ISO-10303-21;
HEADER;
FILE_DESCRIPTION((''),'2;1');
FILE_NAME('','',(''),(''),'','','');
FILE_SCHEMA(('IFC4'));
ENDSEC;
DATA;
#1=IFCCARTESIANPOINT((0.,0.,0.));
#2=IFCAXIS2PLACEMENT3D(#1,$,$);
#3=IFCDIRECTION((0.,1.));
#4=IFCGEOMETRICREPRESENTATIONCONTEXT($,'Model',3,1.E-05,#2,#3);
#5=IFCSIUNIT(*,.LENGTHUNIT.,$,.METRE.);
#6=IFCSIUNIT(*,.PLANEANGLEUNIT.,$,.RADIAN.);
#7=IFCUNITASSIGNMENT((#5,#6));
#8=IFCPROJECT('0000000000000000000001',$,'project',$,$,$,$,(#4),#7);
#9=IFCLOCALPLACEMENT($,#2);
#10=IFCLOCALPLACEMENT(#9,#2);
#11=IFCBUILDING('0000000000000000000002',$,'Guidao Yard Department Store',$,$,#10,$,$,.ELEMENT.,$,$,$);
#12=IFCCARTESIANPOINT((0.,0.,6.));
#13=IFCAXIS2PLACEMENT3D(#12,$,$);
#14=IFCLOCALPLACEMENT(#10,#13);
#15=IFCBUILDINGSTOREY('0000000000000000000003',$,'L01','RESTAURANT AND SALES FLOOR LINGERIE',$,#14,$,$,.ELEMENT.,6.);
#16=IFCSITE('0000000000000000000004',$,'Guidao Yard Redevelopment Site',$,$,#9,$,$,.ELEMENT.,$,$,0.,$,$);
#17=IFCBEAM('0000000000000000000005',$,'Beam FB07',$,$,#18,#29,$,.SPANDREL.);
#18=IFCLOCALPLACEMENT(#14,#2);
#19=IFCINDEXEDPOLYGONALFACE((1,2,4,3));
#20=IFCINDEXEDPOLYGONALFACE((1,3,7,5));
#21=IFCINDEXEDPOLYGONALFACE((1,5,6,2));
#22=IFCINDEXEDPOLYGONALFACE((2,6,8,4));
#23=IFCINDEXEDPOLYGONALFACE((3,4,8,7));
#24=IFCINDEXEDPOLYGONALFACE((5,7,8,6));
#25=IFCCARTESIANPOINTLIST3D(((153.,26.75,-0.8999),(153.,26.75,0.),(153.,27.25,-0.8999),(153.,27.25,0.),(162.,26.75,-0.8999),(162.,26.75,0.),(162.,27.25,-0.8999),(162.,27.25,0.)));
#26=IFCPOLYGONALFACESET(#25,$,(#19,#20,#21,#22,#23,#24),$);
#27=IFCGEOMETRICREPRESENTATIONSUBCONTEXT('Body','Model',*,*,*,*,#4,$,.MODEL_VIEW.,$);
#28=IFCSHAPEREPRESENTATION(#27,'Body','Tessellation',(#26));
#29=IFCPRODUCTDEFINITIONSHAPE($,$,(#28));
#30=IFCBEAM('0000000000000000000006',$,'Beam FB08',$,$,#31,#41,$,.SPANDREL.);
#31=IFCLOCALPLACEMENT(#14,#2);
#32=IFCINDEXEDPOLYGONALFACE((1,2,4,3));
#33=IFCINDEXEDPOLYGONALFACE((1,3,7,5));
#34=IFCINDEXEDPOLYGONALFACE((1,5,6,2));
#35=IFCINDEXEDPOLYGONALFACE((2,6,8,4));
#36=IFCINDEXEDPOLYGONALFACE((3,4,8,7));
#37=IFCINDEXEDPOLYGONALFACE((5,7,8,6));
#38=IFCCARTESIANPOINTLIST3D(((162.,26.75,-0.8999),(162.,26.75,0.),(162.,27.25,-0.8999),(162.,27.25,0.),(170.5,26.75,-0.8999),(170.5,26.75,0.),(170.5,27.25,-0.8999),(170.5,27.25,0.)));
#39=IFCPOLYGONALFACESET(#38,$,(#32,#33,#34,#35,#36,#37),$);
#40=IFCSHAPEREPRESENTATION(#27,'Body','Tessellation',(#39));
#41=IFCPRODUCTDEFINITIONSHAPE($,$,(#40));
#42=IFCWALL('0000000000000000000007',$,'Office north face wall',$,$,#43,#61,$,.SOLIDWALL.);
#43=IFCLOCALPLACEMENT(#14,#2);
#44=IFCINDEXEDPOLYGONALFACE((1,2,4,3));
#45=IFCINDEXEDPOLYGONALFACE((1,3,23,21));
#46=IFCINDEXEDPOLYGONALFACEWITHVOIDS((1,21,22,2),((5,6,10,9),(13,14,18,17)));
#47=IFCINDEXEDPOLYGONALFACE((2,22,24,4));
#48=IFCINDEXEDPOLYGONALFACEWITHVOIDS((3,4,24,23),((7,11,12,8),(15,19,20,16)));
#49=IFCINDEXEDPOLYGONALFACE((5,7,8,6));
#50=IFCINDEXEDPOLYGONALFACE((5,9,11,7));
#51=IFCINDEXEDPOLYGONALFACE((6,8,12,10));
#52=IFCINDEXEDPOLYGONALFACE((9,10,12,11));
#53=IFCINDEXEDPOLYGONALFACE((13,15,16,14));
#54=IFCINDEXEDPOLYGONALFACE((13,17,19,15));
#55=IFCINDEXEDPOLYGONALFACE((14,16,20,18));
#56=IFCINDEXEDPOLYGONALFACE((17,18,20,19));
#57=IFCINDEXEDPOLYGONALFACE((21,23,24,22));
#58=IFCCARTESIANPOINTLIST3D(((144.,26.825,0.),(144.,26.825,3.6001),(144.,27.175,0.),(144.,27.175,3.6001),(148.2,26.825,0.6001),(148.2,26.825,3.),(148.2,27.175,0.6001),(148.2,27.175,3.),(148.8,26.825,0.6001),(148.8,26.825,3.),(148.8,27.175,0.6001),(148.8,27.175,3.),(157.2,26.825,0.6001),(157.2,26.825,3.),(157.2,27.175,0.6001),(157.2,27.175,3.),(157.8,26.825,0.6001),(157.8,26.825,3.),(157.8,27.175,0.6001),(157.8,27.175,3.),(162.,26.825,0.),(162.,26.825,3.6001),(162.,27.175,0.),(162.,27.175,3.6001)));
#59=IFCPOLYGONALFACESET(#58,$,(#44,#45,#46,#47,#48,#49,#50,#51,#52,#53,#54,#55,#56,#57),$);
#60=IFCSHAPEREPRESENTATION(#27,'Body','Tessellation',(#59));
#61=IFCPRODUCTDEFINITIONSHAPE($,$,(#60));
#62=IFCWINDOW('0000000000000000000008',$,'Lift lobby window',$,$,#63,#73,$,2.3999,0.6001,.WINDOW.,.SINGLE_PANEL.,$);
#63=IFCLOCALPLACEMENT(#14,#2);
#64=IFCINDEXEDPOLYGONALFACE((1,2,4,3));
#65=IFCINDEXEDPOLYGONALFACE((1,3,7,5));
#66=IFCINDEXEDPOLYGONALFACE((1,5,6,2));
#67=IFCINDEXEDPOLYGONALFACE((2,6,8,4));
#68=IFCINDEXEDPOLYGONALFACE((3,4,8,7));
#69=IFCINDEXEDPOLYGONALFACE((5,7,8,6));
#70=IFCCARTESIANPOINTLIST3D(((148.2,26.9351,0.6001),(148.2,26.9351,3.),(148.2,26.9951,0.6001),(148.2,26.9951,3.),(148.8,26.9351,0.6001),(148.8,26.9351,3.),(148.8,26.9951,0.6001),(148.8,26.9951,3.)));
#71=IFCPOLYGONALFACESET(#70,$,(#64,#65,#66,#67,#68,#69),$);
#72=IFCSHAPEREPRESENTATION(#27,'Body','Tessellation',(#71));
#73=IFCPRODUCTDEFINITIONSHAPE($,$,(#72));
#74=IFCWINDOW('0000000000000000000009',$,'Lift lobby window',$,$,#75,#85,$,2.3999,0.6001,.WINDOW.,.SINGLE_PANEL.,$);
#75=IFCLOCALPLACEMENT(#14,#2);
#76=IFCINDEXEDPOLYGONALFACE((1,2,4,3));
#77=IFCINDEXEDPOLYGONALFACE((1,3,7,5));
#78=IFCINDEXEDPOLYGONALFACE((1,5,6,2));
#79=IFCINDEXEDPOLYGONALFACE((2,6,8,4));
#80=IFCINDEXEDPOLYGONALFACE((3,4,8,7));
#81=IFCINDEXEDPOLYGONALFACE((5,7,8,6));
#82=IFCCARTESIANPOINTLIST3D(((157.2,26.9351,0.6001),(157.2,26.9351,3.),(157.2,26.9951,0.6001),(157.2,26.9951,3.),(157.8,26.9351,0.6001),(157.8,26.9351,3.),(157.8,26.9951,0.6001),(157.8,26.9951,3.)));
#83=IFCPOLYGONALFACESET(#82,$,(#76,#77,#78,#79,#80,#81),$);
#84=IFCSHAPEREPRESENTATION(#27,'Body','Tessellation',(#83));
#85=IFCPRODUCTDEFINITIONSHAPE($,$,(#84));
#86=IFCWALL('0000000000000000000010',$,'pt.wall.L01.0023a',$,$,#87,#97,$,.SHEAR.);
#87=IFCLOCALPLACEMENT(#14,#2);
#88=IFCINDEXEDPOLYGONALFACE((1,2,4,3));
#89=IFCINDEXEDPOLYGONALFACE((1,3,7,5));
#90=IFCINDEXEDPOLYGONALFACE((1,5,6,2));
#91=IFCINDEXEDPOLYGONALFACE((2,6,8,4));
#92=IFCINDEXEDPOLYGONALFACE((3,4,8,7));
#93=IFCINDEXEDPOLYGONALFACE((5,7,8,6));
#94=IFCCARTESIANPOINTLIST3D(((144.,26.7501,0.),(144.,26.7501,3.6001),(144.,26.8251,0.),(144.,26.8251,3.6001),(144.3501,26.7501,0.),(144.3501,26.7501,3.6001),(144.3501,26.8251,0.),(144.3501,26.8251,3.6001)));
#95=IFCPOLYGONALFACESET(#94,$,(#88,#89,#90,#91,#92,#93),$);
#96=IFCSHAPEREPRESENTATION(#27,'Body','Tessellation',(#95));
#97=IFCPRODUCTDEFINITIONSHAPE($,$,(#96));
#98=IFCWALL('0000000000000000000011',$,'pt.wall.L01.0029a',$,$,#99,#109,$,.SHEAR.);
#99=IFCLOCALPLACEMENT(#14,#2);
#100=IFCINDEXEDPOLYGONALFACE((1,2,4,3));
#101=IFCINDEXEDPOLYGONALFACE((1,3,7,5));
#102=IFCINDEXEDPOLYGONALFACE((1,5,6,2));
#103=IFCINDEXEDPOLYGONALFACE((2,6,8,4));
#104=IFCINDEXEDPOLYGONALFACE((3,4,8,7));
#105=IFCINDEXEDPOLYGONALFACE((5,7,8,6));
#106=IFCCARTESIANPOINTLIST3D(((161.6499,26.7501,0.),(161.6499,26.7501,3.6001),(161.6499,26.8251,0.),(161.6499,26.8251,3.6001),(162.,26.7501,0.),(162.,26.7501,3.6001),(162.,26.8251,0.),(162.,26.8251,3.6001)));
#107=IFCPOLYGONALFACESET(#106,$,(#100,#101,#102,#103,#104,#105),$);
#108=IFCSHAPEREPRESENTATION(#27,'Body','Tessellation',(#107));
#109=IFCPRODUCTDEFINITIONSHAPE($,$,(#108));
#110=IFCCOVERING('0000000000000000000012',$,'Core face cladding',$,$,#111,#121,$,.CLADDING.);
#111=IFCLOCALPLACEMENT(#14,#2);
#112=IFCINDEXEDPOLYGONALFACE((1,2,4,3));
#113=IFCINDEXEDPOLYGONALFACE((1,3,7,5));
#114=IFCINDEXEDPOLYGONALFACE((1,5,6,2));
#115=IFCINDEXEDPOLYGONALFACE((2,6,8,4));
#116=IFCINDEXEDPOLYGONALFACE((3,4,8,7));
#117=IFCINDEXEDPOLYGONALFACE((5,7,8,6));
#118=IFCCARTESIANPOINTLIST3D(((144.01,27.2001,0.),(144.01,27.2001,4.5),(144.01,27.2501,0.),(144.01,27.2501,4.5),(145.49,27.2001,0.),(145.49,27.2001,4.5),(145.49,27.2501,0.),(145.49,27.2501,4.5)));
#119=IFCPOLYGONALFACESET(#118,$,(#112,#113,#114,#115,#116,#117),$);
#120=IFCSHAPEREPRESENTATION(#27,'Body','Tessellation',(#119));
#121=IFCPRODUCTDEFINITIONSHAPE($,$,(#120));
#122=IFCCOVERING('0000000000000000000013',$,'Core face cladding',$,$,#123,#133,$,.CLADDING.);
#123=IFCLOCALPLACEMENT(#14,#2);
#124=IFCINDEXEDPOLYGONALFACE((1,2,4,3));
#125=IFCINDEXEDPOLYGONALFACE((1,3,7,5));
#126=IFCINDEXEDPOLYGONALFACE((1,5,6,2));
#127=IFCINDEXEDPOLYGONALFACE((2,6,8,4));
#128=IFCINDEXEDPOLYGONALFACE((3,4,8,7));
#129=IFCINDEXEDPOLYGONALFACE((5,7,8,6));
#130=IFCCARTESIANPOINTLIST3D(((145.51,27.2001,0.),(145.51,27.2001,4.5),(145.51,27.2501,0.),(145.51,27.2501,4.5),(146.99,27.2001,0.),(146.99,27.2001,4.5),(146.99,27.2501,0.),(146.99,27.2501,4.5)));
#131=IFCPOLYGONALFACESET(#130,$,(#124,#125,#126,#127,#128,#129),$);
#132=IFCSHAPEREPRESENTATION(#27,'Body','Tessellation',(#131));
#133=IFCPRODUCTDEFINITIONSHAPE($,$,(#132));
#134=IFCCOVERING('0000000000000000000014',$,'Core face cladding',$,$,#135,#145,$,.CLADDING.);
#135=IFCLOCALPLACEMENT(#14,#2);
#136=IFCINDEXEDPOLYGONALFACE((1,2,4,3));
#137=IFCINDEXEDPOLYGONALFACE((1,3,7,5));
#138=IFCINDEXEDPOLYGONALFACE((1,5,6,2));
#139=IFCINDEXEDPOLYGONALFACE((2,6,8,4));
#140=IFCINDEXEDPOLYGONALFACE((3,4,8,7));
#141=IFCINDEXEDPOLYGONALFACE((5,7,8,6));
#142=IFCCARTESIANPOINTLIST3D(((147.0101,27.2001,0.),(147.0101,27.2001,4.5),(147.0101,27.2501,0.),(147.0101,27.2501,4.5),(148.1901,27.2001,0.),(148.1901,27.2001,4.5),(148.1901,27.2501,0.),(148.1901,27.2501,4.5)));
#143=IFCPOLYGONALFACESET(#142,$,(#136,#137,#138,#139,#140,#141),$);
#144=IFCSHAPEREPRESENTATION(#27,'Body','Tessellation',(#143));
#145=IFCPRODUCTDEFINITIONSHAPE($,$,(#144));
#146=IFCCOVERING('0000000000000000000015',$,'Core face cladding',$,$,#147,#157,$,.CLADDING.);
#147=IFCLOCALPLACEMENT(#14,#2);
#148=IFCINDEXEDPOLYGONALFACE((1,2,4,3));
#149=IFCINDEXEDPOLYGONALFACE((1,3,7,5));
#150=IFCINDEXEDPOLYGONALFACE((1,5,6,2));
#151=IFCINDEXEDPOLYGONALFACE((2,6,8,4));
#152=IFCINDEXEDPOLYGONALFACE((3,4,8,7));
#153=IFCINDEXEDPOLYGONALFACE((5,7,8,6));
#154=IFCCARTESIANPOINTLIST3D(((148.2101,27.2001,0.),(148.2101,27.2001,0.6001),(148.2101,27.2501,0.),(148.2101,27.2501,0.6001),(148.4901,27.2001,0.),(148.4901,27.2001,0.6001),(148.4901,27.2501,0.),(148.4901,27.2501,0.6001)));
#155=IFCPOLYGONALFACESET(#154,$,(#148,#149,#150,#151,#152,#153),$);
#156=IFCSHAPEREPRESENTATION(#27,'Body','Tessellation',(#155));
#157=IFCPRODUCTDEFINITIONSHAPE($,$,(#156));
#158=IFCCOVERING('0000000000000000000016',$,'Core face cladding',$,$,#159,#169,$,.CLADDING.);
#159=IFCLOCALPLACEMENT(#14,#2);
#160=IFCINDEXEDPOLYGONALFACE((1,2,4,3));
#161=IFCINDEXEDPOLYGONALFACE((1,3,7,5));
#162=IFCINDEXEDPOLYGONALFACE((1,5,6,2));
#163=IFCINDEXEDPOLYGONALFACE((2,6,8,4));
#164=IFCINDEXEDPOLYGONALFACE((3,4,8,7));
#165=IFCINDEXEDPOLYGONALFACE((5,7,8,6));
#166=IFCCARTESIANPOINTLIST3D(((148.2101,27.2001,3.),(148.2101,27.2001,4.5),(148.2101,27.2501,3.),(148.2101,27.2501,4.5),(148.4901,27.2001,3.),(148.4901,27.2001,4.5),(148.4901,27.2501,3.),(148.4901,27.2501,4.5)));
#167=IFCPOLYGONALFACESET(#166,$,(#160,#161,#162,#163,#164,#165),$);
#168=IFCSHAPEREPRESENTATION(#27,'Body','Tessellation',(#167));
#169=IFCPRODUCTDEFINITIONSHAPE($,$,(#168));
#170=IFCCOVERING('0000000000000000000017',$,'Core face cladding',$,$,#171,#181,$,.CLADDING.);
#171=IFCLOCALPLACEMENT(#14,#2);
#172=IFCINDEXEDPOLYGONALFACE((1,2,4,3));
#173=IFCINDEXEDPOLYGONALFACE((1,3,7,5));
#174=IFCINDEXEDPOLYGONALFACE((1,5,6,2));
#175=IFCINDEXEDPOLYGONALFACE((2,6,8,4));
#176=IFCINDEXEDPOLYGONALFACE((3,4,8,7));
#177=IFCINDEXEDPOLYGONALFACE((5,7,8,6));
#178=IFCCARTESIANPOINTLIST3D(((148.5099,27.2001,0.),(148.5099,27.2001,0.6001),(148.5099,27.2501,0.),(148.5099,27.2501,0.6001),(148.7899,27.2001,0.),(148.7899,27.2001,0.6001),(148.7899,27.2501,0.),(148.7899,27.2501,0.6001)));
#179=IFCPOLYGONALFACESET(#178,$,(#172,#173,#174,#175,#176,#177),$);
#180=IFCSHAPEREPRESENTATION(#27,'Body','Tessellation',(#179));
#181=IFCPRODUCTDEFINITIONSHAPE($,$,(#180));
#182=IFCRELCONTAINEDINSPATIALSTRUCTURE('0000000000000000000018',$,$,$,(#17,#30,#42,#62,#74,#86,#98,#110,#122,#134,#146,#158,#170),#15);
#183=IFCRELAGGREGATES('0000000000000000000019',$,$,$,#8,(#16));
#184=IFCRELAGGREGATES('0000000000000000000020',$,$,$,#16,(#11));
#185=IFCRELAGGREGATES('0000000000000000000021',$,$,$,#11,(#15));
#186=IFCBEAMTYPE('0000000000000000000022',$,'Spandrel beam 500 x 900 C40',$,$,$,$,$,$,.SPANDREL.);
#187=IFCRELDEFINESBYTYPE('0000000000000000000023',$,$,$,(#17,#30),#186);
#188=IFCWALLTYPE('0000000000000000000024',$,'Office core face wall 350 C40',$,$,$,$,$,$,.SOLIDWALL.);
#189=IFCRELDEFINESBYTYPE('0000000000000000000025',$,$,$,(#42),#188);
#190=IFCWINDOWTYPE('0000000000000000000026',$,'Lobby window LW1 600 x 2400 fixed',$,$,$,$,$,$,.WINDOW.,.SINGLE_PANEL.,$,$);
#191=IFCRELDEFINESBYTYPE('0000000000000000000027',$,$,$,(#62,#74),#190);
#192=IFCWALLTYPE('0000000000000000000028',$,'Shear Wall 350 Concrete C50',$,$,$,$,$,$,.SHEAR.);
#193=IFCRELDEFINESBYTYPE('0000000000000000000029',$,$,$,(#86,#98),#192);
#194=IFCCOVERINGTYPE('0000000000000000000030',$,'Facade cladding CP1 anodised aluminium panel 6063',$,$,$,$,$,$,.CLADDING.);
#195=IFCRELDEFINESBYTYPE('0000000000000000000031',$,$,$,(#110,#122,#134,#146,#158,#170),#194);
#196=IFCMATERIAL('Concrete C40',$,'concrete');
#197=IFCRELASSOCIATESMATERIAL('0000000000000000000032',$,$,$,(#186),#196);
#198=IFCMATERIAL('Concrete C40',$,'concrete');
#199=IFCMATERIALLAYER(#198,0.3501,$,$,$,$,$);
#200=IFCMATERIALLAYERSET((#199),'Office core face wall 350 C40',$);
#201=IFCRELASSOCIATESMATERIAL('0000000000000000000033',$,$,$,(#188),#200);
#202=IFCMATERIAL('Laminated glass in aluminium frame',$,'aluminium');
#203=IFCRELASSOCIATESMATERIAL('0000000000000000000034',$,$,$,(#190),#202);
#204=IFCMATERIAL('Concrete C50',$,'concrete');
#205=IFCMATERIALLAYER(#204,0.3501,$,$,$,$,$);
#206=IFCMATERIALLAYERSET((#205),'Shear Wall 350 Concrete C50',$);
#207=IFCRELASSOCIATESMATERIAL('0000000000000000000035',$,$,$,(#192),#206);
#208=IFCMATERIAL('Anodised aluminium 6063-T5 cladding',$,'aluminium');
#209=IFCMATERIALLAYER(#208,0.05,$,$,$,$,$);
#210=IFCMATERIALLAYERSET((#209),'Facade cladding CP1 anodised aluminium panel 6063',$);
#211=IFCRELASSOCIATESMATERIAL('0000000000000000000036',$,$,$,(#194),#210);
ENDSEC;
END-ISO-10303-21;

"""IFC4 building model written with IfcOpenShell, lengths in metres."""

from ifc_helpers import new_model, si_unit, direction, frame, frame_2d, origin, origin_2d, place, context, subcontext, project, spatial, rectangle, extrude, material, layer, layer_set, material_profile, profile_set, type_object, element, fill, save


model = new_model("IFC4")

# Units and contexts
model_context = context("Model", 3, precision=1e-05, world=origin(), true_north=direction((0.0, 1.0)))
body_context = subcontext(model_context, "Body", "Model", "MODEL_VIEW")
ifc_project = project(units=[si_unit("LENGTHUNIT", "METRE"), si_unit("PLANEANGLEUNIT", "RADIAN")], contexts=[model_context])

# Site, building, storey
site_placement = place(None, origin())
site = spatial("IfcSite", under=ifc_project, at=site_placement, Name="Guidao Yard Redevelopment Site", CompositionType="ELEMENT", RefElevation=0.0)
building_placement = place(site_placement, origin())
building = spatial("IfcBuilding", under=site, at=building_placement, Name="Guidao Yard Department Store", CompositionType="ELEMENT")
storey_placement = place(building_placement, frame((0.0, 0.0, 6.0)))
storey = spatial("IfcBuildingStorey", under=building, at=storey_placement, Name="L01", Description="RESTAURANT AND SALES FLOOR LINGERIE", CompositionType="ELEMENT", Elevation=6.0)

# Beams
ifc_material_1 = material(Name="Concrete C40", Category="concrete")
ifc_material_profile = material_profile(ifc_material_1, rectangle(XDim=0.5, YDim=0.8999, at=origin_2d()), Name="Spandrel beam 500 x 900 C40")
ifc_profile_set = profile_set([ifc_material_profile], Name="Concrete C40")
beam_type = type_object("IfcBeamType", Name="Spandrel beam 500 x 900 C40", PredefinedType="SPANDREL", material=ifc_profile_set)
beam_1_placement = place(storey_placement, frame((153.0, 27.0, -0.45), z_axis=(1.0, 0.0, 0.0), x_axis=(0.0, 1.0, 0.0)))
element("IfcBeam", 1, at=beam_1_placement, inside=storey, type_object=beam_type, Name="Beam FB07", PredefinedType="SPANDREL", context=body_context, shape_type="SweptSolid", body=[
    extrude(rectangle(XDim=0.5, YDim=0.8999, at=origin_2d()), origin(), (0.0, 0.0, 1.0), 9.0),
])
beam_2_placement = place(storey_placement, frame((162.0, 27.0, -0.45), z_axis=(1.0, 0.0, 0.0), x_axis=(0.0, 1.0, 0.0)))
element("IfcBeam", 2, at=beam_2_placement, inside=storey, type_object=beam_type, Name="Beam FB08", PredefinedType="SPANDREL", context=body_context, shape_type="SweptSolid", body=[
    extrude(rectangle(XDim=0.5, YDim=0.8999, at=origin_2d()), origin(), (0.0, 0.0, 1.0), 8.5),
])

# Wall, openings, windows
ifc_material_2 = material(Name="Concrete C40", Category="concrete")
ifc_layer_1 = layer(ifc_material_2, 0.3501)
ifc_layer_set_1 = layer_set([ifc_layer_1], Name="Office core face wall 350 C40")
wall_type_1 = type_object("IfcWallType", Name="Office core face wall 350 C40", PredefinedType="SOLIDWALL", material=ifc_layer_set_1)
wall_placement = place(storey_placement, frame((144.0, 27.0, 0.0), z_axis=(0.0, 0.0, 1.0), x_axis=(1.0, 0.0, 0.0)))
wall = element("IfcWall", 3, at=wall_placement, inside=storey, type_object=wall_type_1, Name="Office north face wall", PredefinedType="SOLIDWALL", context=body_context, shape_type="SweptSolid", body=[
    extrude(rectangle(XDim=18.0, YDim=0.3501, at=frame_2d((9.0, 0.0))), origin(), (0.0, 0.0, 1.0), 3.6001),
])
opening_1_placement = place(wall_placement, frame((4.2, 0.0, 0.6001)))
opening_1 = element("IfcOpeningElement", 4, at=opening_1_placement, cuts=wall, PredefinedType="OPENING", context=body_context, shape_type="SweptSolid", body=[
    extrude(rectangle(XDim=0.6001, YDim=2.3999, at=frame_2d((0.3, 1.2))), frame((0.0, 0.1851, 0.0), z_axis=(0.0, -1.0, 0.0), x_axis=(1.0, 0.0, 0.0)), (0.0, 0.0, 1.0), 0.3701),
])
opening_2_placement = place(wall_placement, frame((13.2, 0.0, 0.6001)))
opening_2 = element("IfcOpeningElement", 5, at=opening_2_placement, cuts=wall, PredefinedType="OPENING", context=body_context, shape_type="SweptSolid", body=[
    extrude(rectangle(XDim=0.6001, YDim=2.3999, at=frame_2d((0.3, 1.2))), frame((0.0, 0.1851, 0.0), z_axis=(0.0, -1.0, 0.0), x_axis=(1.0, 0.0, 0.0)), (0.0, 0.0, 1.0), 0.3701),
])
ifc_material_3 = material(Name="Laminated glass in aluminium frame", Category="aluminium")
window_type = type_object("IfcWindowType", Name="Lobby window LW1 600 x 2400 fixed", PartitioningType="SINGLE_PANEL", PredefinedType="WINDOW", material=ifc_material_3)
window_1_placement = place(opening_1_placement, origin())
window_1 = element("IfcWindow", 6, at=window_1_placement, inside=storey, type_object=window_type, Name="Lift lobby window", OverallHeight=2.3999, OverallWidth=0.6001, PartitioningType="SINGLE_PANEL", PredefinedType="WINDOW", context=body_context, shape_type="SweptSolid", body=[
    extrude(rectangle(XDim=0.6001, YDim=2.3999, at=frame_2d((0.3, 1.2))), frame((0.0, -0.0049, 0.0), z_axis=(0.0, -1.0, 0.0), x_axis=(1.0, 0.0, 0.0)), (0.0, 0.0, 1.0), 0.0601),
])
fill(opening_1, window_1)
window_2_placement = place(opening_2_placement, origin())
window_2 = element("IfcWindow", 7, at=window_2_placement, inside=storey, type_object=window_type, Name="Lift lobby window", OverallHeight=2.3999, OverallWidth=0.6001, PartitioningType="SINGLE_PANEL", PredefinedType="WINDOW", context=body_context, shape_type="SweptSolid", body=[
    extrude(rectangle(XDim=0.6001, YDim=2.3999, at=frame_2d((0.3, 1.2))), frame((0.0, -0.0049, 0.0), z_axis=(0.0, -1.0, 0.0), x_axis=(1.0, 0.0, 0.0)), (0.0, 0.0, 1.0), 0.0601),
])
fill(opening_2, window_2)

# Walls
ifc_material_4 = material(Name="Concrete C50", Category="concrete")
ifc_layer_2 = layer(ifc_material_4, 0.3501)
ifc_layer_set_2 = layer_set([ifc_layer_2], Name="Shear Wall 350 Concrete C50")
wall_type_2 = type_object("IfcWallType", Name="Shear Wall 350 Concrete C50", PredefinedType="SHEAR", material=ifc_layer_set_2)
for number, where, z_axis, x_axis, name in (
    (8, (144.175, 26.75, 0.0), (0.0, 0.0, 1.0), (0.0, 1.0, 0.0), "pt.wall.L01.0023a"),
    (9, (161.825, 26.75, 0.0), (0.0, 0.0, 1.0), (0.0, 1.0, 0.0), "pt.wall.L01.0029a"),
):
    element("IfcWall", number, at=place(storey_placement, frame(where, z_axis=z_axis, x_axis=x_axis)), inside=storey, type_object=wall_type_2, Name=name, PredefinedType="SHEAR", context=body_context, shape_type="SweptSolid", body=[
        extrude(rectangle(XDim=0.075, YDim=0.3501, at=frame_2d((0.0376, 0.0))), origin(), (0.0, 0.0, 1.0), 3.6001),
    ])

# Coverings
ifc_material_5 = material(Name="Anodised aluminium 6063-T5 cladding", Category="aluminium")
ifc_layer_3 = layer(ifc_material_5, 0.05)
ifc_layer_set_3 = layer_set([ifc_layer_3], Name="Facade cladding CP1 anodised aluminium panel 6063")
covering_type = type_object("IfcCoveringType", Name="Facade cladding CP1 anodised aluminium panel 6063", PredefinedType="CLADDING", material=ifc_layer_set_3)
for number, where, z_axis, x_axis, name in (
    (10, (144.75, 27.2251, 0.0), (0.0, 0.0, 1.0), (1.0, 0.0, 0.0), "Core face cladding"),
    (11, (146.25, 27.2251, 0.0), (0.0, 0.0, 1.0), (1.0, 0.0, 0.0), "Core face cladding"),
):
    element("IfcCovering", number, at=place(storey_placement, frame(where, z_axis=z_axis, x_axis=x_axis)), inside=storey, type_object=covering_type, Name=name, PredefinedType="CLADDING", context=body_context, shape_type="SweptSolid", body=[
        extrude(rectangle(XDim=1.48, YDim=0.05, at=origin_2d()), origin(), (0.0, 0.0, 1.0), 4.5),
    ])
covering_1_placement = place(storey_placement, frame((147.6001, 27.2251, 0.0), z_axis=(0.0, 0.0, 1.0), x_axis=(1.0, 0.0, 0.0)))
element("IfcCovering", 12, at=covering_1_placement, inside=storey, type_object=covering_type, Name="Core face cladding", PredefinedType="CLADDING", context=body_context, shape_type="SweptSolid", body=[
    extrude(rectangle(XDim=1.1799, YDim=0.05, at=origin_2d()), origin(), (0.0, 0.0, 1.0), 4.5),
])
covering_2_placement = place(storey_placement, frame((148.3501, 27.2251, 0.0), z_axis=(0.0, 0.0, 1.0), x_axis=(1.0, 0.0, 0.0)))
element("IfcCovering", 13, at=covering_2_placement, inside=storey, type_object=covering_type, Name="Core face cladding", PredefinedType="CLADDING", context=body_context, shape_type="SweptSolid", body=[
    extrude(rectangle(XDim=0.28, YDim=0.05, at=origin_2d()), origin(), (0.0, 0.0, 1.0), 0.6001),
])
covering_3_placement = place(storey_placement, frame((148.3501, 27.2251, 3.0), z_axis=(0.0, 0.0, 1.0), x_axis=(1.0, 0.0, 0.0)))
element("IfcCovering", 14, at=covering_3_placement, inside=storey, type_object=covering_type, Name="Core face cladding", PredefinedType="CLADDING", context=body_context, shape_type="SweptSolid", body=[
    extrude(rectangle(XDim=0.28, YDim=0.05, at=origin_2d()), origin(), (0.0, 0.0, 1.0), 1.5),
])
covering_4_placement = place(storey_placement, frame((148.6499, 27.2251, 0.0), z_axis=(0.0, 0.0, 1.0), x_axis=(1.0, 0.0, 0.0)))
element("IfcCovering", 15, at=covering_4_placement, inside=storey, type_object=covering_type, Name="Core face cladding", PredefinedType="CLADDING", context=body_context, shape_type="SweptSolid", body=[
    extrude(rectangle(XDim=0.28, YDim=0.05, at=origin_2d()), origin(), (0.0, 0.0, 1.0), 0.6001),
])

save(model, "model.ifc")
